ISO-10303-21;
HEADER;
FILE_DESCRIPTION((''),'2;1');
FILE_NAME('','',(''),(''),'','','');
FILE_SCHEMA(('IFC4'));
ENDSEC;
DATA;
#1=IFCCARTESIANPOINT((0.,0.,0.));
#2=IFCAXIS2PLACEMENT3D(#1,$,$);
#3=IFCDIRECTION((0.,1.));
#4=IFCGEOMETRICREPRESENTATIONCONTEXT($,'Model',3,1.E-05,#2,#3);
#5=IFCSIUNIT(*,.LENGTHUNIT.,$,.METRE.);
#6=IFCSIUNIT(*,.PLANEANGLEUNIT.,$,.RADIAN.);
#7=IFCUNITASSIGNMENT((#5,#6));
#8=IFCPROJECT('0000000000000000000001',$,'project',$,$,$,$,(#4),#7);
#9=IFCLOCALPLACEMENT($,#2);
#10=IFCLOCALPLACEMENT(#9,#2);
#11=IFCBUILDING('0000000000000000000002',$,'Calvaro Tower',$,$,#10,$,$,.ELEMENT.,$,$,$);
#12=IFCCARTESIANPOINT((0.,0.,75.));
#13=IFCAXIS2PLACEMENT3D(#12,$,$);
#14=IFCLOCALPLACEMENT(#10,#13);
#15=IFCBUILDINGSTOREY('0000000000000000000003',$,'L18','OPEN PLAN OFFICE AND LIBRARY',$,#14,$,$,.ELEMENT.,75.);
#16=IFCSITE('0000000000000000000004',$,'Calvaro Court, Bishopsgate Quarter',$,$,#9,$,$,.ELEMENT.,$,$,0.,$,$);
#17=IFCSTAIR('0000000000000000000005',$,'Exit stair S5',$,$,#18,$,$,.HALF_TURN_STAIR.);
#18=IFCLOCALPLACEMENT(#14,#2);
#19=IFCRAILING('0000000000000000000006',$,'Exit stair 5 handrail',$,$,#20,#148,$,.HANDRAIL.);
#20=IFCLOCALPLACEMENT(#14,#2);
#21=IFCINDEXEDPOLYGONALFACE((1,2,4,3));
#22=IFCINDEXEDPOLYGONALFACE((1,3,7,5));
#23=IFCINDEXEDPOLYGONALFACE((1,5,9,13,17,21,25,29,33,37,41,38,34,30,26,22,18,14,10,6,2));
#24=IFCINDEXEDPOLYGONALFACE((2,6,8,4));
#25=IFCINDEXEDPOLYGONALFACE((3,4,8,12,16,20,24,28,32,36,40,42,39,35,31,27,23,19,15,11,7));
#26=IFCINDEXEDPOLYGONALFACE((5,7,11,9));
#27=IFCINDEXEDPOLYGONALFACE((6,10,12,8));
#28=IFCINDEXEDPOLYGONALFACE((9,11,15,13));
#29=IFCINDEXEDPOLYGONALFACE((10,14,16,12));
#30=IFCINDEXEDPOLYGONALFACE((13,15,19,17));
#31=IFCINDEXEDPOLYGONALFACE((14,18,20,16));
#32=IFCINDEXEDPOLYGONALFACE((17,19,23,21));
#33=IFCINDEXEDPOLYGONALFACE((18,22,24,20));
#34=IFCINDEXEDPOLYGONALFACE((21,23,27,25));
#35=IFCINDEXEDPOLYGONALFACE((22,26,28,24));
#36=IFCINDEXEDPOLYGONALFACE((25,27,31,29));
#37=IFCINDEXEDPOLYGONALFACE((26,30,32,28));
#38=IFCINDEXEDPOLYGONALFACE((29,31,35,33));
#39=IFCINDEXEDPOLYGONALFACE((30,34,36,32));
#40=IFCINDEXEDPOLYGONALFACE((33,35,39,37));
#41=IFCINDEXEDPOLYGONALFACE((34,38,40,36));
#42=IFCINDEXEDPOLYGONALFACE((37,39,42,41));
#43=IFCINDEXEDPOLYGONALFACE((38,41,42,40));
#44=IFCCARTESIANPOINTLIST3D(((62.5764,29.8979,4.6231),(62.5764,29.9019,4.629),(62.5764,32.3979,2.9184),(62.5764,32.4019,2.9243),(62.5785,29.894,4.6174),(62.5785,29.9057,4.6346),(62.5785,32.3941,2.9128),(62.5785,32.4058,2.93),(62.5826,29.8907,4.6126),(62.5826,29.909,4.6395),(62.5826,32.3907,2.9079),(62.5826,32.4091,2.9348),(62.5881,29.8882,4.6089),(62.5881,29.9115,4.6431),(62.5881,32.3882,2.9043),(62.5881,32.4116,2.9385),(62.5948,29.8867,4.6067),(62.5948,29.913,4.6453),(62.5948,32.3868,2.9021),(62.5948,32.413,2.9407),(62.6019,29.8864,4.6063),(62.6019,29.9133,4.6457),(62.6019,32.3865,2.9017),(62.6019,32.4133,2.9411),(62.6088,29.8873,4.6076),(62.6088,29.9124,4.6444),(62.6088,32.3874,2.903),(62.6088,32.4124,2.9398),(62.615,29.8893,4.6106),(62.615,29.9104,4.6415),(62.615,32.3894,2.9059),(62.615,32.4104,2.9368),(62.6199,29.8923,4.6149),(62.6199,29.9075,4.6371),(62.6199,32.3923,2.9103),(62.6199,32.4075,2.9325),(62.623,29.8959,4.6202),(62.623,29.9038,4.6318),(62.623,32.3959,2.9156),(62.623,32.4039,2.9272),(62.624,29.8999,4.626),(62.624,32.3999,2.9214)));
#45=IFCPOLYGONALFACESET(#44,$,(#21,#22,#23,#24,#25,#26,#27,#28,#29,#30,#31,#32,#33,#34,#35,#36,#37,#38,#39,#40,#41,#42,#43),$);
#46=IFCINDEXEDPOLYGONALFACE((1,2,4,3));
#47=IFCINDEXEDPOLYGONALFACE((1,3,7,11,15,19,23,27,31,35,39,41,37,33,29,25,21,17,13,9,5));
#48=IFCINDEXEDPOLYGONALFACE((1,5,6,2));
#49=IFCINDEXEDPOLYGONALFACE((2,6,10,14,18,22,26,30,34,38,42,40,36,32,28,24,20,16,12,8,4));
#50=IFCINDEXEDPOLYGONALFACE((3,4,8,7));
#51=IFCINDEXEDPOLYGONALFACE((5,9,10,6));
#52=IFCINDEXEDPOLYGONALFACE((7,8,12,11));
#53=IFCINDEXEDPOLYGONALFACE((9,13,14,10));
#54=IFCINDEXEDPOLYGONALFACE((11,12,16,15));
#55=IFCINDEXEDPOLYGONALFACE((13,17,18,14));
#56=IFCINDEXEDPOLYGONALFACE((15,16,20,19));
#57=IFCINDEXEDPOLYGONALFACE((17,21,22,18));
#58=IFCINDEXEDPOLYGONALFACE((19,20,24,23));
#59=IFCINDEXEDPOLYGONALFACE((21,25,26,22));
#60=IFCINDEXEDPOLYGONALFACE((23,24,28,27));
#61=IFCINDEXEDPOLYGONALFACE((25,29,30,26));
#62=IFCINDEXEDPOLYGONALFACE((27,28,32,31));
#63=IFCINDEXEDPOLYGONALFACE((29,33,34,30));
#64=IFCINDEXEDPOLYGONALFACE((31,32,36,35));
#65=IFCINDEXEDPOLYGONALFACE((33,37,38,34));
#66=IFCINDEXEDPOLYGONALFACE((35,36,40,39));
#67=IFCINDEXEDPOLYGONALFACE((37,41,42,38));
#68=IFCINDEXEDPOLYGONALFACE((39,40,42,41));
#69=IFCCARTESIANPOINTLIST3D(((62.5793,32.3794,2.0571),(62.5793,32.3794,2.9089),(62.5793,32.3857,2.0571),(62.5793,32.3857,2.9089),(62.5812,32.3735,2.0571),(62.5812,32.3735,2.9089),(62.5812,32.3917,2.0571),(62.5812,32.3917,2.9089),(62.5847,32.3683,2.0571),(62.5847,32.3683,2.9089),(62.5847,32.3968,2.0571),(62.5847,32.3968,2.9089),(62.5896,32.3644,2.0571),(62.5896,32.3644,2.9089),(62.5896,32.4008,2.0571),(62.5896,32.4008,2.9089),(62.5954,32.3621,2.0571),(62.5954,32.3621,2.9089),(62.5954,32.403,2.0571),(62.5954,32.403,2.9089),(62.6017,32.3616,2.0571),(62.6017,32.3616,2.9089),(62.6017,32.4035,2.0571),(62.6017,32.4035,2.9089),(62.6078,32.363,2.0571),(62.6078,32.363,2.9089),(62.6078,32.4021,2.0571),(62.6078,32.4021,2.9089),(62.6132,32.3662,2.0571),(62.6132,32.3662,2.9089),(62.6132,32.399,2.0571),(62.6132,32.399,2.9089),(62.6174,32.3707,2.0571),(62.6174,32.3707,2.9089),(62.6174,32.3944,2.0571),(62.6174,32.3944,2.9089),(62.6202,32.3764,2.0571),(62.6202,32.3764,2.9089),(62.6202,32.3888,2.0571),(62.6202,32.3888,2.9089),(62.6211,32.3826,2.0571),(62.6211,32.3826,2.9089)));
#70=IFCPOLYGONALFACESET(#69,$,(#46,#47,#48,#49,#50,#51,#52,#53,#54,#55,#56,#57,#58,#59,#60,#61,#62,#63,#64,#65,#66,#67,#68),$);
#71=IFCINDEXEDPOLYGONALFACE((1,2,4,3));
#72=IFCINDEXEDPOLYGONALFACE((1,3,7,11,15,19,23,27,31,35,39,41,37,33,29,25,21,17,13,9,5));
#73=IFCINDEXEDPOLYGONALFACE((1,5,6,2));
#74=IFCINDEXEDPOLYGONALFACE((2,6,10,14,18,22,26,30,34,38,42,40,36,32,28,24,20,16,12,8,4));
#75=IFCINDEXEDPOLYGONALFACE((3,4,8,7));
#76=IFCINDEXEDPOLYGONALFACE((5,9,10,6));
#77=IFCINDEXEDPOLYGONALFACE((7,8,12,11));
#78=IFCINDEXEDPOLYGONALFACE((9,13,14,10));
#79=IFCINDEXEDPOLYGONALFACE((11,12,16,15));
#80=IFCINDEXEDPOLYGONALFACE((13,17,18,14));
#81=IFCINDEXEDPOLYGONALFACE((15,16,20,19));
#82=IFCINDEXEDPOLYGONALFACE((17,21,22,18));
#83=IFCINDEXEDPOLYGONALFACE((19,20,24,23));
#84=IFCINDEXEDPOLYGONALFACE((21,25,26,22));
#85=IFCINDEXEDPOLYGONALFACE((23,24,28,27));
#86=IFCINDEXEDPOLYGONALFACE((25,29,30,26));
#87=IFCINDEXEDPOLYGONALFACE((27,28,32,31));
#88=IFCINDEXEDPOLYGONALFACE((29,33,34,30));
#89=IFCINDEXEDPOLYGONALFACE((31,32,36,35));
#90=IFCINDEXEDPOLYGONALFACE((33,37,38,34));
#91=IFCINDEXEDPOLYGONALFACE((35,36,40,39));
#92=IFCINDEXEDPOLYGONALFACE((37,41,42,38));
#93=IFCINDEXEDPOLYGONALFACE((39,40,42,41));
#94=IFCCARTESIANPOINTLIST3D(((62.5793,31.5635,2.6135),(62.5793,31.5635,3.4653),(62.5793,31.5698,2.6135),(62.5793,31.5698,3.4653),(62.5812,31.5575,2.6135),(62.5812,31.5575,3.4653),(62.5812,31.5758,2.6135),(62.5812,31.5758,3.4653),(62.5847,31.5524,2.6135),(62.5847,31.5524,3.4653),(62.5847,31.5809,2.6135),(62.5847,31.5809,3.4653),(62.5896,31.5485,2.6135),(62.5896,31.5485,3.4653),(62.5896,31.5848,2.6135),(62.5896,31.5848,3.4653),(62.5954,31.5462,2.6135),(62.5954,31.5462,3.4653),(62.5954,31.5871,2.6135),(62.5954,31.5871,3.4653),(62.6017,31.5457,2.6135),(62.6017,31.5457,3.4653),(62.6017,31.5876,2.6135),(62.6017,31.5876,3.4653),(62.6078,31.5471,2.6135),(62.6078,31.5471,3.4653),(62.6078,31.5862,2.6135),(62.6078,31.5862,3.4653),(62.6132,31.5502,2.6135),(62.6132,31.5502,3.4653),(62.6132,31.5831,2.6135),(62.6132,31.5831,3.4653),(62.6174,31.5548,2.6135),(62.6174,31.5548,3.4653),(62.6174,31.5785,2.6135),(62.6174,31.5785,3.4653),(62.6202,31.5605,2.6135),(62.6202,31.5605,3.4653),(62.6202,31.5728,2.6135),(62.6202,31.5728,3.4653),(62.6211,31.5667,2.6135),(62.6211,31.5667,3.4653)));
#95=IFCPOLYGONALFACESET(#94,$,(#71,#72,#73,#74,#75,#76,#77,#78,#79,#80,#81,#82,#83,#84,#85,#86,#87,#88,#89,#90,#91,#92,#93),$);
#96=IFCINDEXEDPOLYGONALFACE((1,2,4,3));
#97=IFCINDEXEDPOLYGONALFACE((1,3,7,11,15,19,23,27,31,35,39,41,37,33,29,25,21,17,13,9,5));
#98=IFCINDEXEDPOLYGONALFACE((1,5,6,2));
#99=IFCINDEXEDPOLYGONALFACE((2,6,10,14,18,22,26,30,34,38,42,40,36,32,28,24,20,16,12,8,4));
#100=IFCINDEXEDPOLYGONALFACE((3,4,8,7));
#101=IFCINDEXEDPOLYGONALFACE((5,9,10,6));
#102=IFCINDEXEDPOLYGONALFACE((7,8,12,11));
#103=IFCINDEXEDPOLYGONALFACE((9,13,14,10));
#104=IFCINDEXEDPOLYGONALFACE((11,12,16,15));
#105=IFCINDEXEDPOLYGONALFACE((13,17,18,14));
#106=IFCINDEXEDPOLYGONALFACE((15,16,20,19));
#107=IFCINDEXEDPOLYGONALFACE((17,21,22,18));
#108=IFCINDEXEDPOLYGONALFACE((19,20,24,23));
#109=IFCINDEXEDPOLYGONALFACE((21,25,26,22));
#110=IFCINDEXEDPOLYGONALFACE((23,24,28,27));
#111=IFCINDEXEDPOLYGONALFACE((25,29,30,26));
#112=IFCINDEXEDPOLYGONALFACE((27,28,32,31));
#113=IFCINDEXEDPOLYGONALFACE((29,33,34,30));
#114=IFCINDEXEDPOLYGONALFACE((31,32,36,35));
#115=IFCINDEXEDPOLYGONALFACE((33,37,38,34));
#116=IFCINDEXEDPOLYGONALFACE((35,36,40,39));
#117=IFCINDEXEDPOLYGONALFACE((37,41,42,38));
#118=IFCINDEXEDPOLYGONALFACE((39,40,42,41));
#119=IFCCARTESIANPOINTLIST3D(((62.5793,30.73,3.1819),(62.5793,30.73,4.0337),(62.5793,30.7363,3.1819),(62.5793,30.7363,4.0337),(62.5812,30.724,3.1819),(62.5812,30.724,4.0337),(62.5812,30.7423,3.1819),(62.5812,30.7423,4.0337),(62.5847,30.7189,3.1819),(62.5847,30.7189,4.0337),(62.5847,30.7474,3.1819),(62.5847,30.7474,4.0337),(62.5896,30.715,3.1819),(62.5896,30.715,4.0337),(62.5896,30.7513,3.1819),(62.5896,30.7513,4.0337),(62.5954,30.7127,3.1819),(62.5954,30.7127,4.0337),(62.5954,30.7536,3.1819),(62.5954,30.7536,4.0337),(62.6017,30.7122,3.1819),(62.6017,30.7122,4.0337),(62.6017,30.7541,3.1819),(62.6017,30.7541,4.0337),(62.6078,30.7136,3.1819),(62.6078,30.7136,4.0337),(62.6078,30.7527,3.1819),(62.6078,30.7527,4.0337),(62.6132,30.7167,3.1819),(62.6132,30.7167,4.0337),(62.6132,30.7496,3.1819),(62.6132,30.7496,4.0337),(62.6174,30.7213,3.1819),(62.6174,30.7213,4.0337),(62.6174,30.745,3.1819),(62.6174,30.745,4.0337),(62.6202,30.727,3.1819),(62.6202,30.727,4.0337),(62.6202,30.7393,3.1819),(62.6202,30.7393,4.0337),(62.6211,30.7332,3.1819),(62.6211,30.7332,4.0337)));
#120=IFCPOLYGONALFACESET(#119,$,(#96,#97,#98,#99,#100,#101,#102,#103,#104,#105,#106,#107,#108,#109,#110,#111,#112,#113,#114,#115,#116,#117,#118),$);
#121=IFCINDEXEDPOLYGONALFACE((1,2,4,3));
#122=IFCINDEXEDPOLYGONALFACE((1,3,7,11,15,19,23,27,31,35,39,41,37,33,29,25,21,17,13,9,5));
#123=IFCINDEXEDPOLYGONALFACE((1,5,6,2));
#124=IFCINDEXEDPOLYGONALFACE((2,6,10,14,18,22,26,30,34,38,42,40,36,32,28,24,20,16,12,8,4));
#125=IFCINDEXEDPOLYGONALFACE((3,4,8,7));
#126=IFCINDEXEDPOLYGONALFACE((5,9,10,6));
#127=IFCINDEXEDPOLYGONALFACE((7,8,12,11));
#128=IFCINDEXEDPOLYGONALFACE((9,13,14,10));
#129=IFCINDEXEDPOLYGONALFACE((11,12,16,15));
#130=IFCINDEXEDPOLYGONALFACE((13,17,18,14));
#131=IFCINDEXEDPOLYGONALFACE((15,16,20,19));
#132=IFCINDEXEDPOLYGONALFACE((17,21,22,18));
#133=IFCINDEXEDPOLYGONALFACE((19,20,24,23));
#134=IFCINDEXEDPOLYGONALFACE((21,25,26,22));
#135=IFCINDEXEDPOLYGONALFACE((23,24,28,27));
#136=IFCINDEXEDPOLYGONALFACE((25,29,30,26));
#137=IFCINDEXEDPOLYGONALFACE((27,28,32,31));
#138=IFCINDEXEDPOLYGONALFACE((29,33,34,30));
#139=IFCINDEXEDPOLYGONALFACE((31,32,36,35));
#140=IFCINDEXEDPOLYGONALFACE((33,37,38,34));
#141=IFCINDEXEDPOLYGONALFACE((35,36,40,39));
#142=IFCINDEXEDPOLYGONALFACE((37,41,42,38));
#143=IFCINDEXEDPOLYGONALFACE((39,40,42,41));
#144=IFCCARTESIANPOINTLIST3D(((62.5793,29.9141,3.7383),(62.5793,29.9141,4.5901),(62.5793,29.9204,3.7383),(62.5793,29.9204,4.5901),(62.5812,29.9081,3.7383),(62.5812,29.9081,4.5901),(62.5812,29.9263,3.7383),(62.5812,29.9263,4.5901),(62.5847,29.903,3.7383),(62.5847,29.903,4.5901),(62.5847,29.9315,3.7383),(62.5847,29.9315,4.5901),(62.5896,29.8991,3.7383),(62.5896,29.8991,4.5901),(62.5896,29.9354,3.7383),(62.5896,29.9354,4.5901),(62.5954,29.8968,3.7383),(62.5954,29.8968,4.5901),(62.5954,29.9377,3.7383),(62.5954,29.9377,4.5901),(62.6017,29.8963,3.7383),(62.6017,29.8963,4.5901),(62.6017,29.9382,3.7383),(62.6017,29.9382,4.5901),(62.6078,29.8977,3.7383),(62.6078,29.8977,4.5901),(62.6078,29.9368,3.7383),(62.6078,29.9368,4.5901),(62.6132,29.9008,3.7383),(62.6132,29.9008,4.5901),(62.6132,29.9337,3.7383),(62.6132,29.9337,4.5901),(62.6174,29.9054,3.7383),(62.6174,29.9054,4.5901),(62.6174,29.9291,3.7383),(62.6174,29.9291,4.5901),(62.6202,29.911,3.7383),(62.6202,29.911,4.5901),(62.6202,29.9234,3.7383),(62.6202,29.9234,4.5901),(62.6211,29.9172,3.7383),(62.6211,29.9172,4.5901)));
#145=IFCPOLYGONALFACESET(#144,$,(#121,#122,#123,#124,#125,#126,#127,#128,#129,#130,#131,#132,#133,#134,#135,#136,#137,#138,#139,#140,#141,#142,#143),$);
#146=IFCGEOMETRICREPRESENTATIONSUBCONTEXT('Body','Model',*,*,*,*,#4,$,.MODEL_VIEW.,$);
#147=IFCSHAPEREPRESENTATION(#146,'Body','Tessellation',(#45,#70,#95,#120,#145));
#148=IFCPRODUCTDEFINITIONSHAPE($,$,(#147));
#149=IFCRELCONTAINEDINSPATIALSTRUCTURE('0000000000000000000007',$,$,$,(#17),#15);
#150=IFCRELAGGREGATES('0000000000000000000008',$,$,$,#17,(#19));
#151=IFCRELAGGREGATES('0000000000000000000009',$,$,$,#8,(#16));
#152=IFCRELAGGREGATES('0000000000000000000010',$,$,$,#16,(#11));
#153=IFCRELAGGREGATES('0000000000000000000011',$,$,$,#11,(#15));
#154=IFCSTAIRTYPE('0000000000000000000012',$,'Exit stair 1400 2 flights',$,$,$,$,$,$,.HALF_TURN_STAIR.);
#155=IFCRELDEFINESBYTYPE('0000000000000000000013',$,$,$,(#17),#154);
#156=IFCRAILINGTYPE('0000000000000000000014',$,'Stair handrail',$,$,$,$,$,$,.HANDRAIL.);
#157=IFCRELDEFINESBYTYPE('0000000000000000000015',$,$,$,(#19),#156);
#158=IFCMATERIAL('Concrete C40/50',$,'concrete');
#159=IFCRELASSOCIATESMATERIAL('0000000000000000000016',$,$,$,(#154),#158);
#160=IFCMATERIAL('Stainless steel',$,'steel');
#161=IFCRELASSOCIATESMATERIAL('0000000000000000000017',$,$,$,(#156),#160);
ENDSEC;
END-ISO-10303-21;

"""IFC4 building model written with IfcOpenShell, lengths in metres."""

from ifc_helpers import new_model, si_unit, direction, frame, origin, origin_2d, place, context, subcontext, project, spatial, circle, extrude, material, type_object, element, aggregate, save


model = new_model("IFC4")

# Units and contexts
model_context = context("Model", 3, precision=1e-05, world=origin(), true_north=direction((0.0, 1.0)))
body_context = subcontext(model_context, "Body", "Model", "MODEL_VIEW")
ifc_project = project(units=[si_unit("LENGTHUNIT", "METRE"), si_unit("PLANEANGLEUNIT", "RADIAN")], contexts=[model_context])

# Site, building, storey
site_placement = place(None, origin())
site = spatial("IfcSite", under=ifc_project, at=site_placement, Name="Calvaro Court, Bishopsgate Quarter", CompositionType="ELEMENT", RefElevation=0.0)
building_placement = place(site_placement, origin())
building = spatial("IfcBuilding", under=site, at=building_placement, Name="Calvaro Tower", CompositionType="ELEMENT")
storey_placement = place(building_placement, frame((0.0, 0.0, 75.0)))
storey = spatial("IfcBuildingStorey", under=building, at=storey_placement, Name="L18", Description="OPEN PLAN OFFICE AND LIBRARY", CompositionType="ELEMENT", Elevation=75.0)

# Stair
ifc_material_1 = material(Name="Concrete C40/50", Category="concrete")
stair_type = type_object("IfcStairType", Name="Exit stair 1400 2 flights", PredefinedType="HALF_TURN_STAIR", material=ifc_material_1)
stair_1_placement = place(storey_placement, origin())
stair_1 = element("IfcStair", 1, at=stair_1_placement, inside=storey, type_object=stair_type, Name="Exit stair S5", PredefinedType="HALF_TURN_STAIR")

# Shared definitions
ifc_material_2 = material(Name="Stainless steel", Category="steel")
railing_type = type_object("IfcRailingType", Name="Stair handrail", PredefinedType="HANDRAIL", material=ifc_material_2)

# Railing
railing_1_placement = place(storey_placement, frame((62.6001, 32.3999, 2.0454)))
railing_1 = element("IfcRailing", 2, at=railing_1_placement, type_object=railing_type, Name="Exit stair 5 handrail", PredefinedType="HANDRAIL", context=body_context, shape_type="SweptSolid", body=[
    extrude(circle(Radius=0.0239, at=origin_2d()), frame((0.0, 0.0, 0.876), z_axis=(0.0, -0.826221, 0.563347), x_axis=(1.0, 0.0, 0.0)), (0.0, 0.0, 1.0), 3.0259),
    extrude(circle(Radius=0.021, at=origin_2d()), frame((0.0, -0.0173, 0.0117)), (0.0, 0.0, 1.0), 0.8518),
    extrude(circle(Radius=0.021, at=origin_2d()), frame((0.0, -0.8333, 0.5681)), (0.0, 0.0, 1.0), 0.8518),
    extrude(circle(Radius=0.021, at=origin_2d()), frame((0.0, -1.6667, 1.1365)), (0.0, 0.0, 1.0), 0.8518),
    extrude(circle(Radius=0.021, at=origin_2d()), frame((0.0, -2.4827, 1.6929)), (0.0, 0.0, 1.0), 0.8518),
])
aggregate(stair_1, [railing_1])

save(model, "model.ifc")
